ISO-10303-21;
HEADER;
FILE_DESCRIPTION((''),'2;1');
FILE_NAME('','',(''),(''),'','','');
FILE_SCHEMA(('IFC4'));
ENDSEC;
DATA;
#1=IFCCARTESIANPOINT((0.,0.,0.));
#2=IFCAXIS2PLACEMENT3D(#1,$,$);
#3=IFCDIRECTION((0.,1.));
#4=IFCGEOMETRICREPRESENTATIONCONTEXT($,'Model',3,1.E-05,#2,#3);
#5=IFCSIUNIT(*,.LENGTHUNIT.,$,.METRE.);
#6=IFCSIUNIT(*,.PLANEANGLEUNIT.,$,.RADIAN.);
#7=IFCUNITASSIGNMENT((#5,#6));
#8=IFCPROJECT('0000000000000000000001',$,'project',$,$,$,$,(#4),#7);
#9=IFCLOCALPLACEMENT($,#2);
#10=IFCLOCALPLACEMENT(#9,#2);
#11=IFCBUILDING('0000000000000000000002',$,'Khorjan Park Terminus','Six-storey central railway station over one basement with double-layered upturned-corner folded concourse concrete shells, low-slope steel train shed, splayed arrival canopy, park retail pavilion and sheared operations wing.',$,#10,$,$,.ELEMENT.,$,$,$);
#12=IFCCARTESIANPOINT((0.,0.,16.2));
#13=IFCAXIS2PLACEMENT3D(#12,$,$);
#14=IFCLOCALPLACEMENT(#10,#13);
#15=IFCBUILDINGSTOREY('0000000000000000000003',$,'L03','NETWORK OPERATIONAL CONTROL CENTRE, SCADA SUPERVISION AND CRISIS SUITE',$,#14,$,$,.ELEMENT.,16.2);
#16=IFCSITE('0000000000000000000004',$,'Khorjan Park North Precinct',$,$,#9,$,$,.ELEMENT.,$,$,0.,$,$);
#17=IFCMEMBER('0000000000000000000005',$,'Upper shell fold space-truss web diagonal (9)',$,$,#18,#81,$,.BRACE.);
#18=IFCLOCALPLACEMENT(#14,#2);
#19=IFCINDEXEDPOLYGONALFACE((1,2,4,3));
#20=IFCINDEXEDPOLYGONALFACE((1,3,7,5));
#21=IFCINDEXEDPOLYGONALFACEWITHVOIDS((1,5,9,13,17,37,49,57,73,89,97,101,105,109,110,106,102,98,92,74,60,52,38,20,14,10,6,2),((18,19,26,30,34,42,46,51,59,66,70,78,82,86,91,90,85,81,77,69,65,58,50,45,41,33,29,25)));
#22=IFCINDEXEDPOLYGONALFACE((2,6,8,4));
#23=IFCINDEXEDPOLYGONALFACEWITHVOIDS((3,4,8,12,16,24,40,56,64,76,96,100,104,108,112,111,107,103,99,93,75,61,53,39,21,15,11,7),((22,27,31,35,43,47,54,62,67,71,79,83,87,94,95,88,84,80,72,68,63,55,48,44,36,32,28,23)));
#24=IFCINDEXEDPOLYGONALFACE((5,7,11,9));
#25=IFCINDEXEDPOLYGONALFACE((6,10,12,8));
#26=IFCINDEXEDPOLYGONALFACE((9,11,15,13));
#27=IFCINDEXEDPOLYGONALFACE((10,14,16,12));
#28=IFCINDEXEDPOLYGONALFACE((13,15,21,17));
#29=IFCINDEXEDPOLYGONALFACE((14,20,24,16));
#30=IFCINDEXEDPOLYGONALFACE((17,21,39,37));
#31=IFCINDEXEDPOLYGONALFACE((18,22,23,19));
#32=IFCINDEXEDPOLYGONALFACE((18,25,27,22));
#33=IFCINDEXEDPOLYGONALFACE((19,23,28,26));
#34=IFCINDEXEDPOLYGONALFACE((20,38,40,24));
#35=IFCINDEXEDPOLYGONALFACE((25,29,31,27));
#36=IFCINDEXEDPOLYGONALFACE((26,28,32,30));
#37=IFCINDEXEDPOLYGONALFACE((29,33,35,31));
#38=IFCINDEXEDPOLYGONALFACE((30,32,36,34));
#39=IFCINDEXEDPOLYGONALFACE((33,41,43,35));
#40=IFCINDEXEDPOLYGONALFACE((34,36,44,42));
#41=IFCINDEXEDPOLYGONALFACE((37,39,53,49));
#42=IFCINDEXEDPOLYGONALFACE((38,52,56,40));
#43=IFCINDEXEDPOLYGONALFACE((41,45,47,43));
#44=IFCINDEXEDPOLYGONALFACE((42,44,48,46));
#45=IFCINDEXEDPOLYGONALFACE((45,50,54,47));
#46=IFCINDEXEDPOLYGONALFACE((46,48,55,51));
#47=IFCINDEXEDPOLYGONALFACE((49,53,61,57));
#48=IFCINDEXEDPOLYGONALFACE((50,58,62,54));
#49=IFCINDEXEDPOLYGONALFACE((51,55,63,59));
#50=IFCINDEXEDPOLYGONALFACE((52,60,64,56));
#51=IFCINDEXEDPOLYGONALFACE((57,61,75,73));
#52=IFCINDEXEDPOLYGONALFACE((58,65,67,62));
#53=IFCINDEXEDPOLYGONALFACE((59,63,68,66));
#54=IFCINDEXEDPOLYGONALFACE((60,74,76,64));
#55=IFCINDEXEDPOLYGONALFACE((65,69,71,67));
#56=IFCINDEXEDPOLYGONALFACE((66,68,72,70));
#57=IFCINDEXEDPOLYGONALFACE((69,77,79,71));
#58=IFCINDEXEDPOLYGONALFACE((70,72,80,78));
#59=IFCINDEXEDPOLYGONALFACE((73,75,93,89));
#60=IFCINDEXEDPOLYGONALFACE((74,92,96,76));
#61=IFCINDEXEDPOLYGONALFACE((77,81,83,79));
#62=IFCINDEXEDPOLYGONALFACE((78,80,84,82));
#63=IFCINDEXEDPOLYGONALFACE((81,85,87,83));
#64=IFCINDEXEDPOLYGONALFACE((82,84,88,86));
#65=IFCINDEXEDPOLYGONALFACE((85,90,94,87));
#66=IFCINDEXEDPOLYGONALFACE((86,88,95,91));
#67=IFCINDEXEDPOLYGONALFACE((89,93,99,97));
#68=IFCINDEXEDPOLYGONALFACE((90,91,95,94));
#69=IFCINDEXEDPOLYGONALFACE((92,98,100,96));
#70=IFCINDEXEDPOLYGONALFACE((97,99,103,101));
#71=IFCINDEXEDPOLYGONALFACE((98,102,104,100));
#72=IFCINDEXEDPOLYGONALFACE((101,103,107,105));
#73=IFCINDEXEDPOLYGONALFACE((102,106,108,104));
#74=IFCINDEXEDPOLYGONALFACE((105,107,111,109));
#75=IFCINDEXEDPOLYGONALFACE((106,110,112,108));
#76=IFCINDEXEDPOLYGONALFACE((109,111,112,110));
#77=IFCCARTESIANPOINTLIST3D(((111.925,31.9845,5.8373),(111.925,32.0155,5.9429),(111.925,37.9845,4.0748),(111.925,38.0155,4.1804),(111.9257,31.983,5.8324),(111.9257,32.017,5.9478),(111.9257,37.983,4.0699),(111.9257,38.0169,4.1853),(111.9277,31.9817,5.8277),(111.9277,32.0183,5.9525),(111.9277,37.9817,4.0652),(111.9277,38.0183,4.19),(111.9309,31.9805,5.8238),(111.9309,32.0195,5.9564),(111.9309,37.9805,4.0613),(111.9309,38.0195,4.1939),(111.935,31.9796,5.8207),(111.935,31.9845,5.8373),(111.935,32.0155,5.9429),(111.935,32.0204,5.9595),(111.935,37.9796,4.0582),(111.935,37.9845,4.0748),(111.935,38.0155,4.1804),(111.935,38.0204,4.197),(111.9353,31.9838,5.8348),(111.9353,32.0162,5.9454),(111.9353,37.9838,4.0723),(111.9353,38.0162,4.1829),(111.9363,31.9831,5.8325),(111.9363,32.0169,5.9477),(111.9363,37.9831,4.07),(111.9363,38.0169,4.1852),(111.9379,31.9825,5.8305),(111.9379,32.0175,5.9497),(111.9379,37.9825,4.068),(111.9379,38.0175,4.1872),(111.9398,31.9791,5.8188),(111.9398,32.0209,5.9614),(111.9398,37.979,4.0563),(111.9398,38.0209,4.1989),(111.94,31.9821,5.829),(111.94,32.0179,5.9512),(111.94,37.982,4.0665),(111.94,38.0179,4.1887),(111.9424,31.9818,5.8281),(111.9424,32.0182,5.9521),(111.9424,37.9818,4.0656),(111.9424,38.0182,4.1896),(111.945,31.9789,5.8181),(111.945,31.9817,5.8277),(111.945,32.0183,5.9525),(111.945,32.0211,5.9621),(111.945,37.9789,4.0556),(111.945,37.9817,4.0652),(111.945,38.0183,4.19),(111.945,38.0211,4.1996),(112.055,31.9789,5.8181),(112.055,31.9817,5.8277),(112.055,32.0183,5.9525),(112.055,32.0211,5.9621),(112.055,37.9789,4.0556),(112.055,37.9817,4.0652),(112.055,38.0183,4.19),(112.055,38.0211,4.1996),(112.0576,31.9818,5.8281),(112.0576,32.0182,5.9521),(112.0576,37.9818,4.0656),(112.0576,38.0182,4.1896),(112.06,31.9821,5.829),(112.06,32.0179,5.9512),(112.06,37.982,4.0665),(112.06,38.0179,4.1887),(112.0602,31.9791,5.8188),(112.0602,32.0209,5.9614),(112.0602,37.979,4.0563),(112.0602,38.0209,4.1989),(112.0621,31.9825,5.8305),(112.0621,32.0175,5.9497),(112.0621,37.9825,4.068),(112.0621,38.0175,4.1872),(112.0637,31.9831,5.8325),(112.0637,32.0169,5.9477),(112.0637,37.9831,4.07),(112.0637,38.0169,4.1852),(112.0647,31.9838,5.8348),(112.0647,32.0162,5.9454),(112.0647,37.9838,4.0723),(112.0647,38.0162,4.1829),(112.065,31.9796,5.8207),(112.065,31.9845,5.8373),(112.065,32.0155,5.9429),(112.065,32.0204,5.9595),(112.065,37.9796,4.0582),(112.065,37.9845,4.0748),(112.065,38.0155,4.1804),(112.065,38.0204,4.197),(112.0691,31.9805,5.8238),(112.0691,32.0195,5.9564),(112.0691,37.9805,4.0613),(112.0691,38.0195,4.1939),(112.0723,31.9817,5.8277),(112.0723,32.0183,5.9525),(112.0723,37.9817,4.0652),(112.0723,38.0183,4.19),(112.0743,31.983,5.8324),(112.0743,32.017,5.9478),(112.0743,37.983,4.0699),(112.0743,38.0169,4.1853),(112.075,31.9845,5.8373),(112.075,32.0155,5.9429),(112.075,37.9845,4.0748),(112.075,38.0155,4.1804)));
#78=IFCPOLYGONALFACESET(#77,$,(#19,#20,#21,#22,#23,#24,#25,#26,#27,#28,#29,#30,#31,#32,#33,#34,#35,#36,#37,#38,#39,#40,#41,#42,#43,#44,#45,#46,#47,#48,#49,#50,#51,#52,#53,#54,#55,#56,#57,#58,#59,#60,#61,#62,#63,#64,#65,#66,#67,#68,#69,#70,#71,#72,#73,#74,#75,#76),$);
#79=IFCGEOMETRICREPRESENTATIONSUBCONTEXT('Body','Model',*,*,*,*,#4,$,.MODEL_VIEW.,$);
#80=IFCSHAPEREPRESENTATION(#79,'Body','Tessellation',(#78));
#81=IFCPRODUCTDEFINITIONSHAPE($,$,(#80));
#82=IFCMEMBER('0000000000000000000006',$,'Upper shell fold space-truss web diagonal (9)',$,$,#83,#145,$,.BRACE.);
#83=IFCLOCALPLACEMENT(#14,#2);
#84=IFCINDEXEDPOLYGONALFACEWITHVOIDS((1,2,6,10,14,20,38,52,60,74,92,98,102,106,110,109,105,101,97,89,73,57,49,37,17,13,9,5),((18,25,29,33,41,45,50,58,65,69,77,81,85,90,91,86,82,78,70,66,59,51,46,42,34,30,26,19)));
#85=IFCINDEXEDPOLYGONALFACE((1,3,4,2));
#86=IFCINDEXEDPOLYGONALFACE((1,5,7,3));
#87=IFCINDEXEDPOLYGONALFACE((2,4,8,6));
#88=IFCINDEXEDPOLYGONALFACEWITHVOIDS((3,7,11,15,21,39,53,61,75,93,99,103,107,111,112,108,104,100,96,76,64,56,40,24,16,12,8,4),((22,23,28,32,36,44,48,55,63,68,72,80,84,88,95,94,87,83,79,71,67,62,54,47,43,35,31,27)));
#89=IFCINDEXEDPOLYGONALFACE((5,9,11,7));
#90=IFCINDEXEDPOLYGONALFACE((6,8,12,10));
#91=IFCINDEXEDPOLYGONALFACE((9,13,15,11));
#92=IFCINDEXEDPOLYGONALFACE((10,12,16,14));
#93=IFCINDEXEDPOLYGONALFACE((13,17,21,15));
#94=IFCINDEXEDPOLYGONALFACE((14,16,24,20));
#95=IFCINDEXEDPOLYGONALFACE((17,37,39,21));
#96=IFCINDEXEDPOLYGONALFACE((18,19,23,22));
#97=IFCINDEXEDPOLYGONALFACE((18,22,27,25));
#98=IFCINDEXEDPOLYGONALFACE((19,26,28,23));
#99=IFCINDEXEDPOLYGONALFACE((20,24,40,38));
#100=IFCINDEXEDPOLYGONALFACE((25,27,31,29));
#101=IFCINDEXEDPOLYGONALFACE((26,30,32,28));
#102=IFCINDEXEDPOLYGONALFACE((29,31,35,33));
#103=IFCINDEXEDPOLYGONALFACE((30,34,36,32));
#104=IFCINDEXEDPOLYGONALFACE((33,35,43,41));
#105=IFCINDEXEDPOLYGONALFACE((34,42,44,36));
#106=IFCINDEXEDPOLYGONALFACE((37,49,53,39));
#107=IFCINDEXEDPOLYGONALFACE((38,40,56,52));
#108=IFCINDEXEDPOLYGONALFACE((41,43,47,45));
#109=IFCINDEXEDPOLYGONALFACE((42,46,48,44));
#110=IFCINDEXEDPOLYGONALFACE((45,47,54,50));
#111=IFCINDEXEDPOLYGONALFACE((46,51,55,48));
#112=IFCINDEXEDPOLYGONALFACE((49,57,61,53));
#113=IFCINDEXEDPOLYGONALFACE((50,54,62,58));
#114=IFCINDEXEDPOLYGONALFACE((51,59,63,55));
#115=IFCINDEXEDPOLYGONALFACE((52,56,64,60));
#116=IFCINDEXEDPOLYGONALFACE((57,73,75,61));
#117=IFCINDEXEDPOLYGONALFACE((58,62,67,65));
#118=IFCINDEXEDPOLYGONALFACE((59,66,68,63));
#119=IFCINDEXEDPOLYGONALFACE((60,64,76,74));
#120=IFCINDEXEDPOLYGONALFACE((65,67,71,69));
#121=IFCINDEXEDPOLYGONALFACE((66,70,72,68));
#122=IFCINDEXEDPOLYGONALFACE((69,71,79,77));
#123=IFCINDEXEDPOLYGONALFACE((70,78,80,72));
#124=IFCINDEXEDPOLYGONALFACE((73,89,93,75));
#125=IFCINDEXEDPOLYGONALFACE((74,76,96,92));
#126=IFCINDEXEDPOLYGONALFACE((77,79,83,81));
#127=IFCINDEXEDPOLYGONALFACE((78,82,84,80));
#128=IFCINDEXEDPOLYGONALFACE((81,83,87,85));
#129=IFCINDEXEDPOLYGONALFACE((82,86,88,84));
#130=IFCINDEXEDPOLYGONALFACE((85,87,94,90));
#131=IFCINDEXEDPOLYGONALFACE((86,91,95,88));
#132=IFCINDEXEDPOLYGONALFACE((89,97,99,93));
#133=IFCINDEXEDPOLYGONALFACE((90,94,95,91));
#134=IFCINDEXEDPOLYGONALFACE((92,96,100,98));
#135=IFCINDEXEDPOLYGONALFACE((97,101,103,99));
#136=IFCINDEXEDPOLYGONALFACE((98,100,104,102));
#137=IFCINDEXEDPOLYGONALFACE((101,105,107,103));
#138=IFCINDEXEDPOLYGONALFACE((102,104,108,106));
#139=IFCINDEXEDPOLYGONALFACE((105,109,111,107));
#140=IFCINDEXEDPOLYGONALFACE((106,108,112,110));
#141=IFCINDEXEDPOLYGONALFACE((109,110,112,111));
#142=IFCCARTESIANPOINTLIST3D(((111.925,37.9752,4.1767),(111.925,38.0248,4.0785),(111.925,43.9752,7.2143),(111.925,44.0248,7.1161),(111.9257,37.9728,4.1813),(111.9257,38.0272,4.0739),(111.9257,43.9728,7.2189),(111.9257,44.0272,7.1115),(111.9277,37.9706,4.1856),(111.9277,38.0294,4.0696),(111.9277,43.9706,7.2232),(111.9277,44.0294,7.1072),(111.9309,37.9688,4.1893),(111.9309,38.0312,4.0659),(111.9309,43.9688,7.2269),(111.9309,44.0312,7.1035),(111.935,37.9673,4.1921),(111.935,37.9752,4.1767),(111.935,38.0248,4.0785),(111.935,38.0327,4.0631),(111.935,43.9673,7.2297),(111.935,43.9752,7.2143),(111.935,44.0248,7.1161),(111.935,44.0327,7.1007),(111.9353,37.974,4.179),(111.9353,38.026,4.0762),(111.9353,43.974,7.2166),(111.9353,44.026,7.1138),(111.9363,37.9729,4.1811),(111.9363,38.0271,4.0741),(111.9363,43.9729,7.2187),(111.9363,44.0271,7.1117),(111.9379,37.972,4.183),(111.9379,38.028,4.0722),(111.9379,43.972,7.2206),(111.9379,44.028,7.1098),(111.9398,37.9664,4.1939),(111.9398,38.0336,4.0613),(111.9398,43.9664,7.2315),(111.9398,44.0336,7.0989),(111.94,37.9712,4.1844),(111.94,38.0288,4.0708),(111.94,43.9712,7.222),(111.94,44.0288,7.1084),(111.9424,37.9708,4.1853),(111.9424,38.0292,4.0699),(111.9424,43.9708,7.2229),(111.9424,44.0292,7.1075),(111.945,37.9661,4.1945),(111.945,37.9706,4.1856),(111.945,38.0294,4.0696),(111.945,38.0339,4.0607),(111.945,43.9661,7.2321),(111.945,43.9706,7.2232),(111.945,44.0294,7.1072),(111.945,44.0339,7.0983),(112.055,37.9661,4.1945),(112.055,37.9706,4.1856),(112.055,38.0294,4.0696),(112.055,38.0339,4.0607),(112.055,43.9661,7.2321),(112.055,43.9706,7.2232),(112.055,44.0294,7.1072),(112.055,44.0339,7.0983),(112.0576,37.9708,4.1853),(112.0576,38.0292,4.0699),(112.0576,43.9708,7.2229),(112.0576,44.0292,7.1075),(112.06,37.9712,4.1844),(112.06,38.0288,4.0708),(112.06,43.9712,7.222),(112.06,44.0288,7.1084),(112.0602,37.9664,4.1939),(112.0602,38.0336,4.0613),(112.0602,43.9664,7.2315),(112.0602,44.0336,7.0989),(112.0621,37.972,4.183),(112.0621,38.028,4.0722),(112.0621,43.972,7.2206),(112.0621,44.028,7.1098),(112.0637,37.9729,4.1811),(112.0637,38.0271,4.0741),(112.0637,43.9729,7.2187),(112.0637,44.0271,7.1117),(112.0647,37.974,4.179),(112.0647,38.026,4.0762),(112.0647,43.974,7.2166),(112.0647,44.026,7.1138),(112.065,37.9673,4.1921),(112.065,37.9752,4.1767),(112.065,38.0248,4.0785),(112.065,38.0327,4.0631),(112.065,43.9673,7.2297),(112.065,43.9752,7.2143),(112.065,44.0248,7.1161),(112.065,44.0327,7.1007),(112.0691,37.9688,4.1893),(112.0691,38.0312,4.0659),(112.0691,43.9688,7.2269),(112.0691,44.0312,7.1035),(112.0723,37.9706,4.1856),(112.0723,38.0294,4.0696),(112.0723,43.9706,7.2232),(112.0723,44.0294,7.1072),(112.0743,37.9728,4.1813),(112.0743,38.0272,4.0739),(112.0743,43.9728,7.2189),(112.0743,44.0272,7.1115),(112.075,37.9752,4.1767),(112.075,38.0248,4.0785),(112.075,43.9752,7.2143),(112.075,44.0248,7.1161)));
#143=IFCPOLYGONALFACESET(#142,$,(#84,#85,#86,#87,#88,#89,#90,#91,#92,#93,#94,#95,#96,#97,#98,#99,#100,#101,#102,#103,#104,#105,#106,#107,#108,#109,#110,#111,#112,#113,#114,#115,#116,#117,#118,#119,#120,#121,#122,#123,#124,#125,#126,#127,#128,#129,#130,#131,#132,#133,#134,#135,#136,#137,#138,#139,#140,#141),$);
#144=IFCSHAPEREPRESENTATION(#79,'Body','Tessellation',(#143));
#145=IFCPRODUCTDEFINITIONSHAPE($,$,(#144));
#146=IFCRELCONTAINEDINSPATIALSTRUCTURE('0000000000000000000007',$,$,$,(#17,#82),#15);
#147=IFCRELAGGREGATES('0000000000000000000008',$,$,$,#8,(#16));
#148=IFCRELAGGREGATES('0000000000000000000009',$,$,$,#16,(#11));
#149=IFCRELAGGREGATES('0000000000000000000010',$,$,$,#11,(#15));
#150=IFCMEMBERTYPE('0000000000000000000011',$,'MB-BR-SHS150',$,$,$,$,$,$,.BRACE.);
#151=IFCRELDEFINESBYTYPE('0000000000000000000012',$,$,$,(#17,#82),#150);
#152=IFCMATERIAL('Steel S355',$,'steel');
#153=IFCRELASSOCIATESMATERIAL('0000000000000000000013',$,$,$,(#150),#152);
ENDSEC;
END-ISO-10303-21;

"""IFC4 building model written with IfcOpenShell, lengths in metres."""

from ifc_helpers import new_model, si_unit, direction, frame, origin, origin_2d, place, context, subcontext, project, spatial, hollow_rectangle, extrude, material, material_profile, profile_set, type_object, element, save


model = new_model("IFC4")

# Units and contexts
model_context = context("Model", 3, precision=1e-05, world=origin(), true_north=direction((0.0, 1.0)))
body_context = subcontext(model_context, "Body", "Model", "MODEL_VIEW")
ifc_project = project(units=[si_unit("LENGTHUNIT", "METRE"), si_unit("PLANEANGLEUNIT", "RADIAN")], contexts=[model_context])

# Site, building, storey
site_placement = place(None, origin())
site = spatial("IfcSite", under=ifc_project, at=site_placement, Name="Khorjan Park North Precinct", CompositionType="ELEMENT", RefElevation=0.0)
building_placement = place(site_placement, origin())
building = spatial("IfcBuilding", under=site, at=building_placement, Name="Khorjan Park Terminus", Description="Six-storey central railway station over one basement with double-layered upturned-corner folded concourse concrete shells, low-slope steel train shed, splayed arrival canopy, park retail pavilion and sheared operations wing.", CompositionType="ELEMENT")
storey_placement = place(building_placement, frame((0.0, 0.0, 16.2)))
storey = spatial("IfcBuildingStorey", under=building, at=storey_placement, Name="L03", Description="NETWORK OPERATIONAL CONTROL CENTRE, SCADA SUPERVISION AND CRISIS SUITE", CompositionType="ELEMENT", Elevation=16.2)

# Members
ifc_material = material(Name="Steel S355", Category="steel")
ifc_material_profile_1 = material_profile(ifc_material, hollow_rectangle(XDim=0.15, YDim=0.15, WallThickness=0.01, InnerFilletRadius=0.01, OuterFilletRadius=0.02, at=origin_2d()), Name="SHS 150x150x10")
ifc_profile_set_1 = profile_set([ifc_material_profile_1], Name="Steel S355")
member_type_1 = type_object("IfcMemberType", Name="MB-BR-SHS150", PredefinedType="BRACE", material=ifc_profile_set_1)
member_1_placement = place(storey_placement, frame((112.0, 32.0, 5.8901), z_axis=(0.0, 0.959461, -0.281842), x_axis=(-1.0, 0.0, 0.0)))
element("IfcMember", 1, at=member_1_placement, inside=storey, type_object=member_type_1, Name="Upper shell fold space-truss web diagonal (9)", PredefinedType="BRACE", context=body_context, shape_type="SweptSolid", body=[
    extrude(hollow_rectangle(XDim=0.15, YDim=0.15, WallThickness=0.01, InnerFilletRadius=0.01, OuterFilletRadius=0.02, at=origin_2d()), origin(), (0.0, 0.0, 1.0), 6.2535),
])
member_2_placement = place(storey_placement, frame((112.0, 38.0, 4.1276), z_axis=(0.0, 0.89218, 0.451681), x_axis=(-1.0, 0.0, 0.0)))
element("IfcMember", 2, at=member_2_placement, inside=storey, type_object=member_type_1, Name="Upper shell fold space-truss web diagonal (9)", PredefinedType="BRACE", context=body_context, shape_type="SweptSolid", body=[
    extrude(hollow_rectangle(XDim=0.15, YDim=0.15, WallThickness=0.01, InnerFilletRadius=0.01, OuterFilletRadius=0.02, at=origin_2d()), origin(), (0.0, 0.0, 1.0), 6.7251),
])

save(model, "model.ifc")
